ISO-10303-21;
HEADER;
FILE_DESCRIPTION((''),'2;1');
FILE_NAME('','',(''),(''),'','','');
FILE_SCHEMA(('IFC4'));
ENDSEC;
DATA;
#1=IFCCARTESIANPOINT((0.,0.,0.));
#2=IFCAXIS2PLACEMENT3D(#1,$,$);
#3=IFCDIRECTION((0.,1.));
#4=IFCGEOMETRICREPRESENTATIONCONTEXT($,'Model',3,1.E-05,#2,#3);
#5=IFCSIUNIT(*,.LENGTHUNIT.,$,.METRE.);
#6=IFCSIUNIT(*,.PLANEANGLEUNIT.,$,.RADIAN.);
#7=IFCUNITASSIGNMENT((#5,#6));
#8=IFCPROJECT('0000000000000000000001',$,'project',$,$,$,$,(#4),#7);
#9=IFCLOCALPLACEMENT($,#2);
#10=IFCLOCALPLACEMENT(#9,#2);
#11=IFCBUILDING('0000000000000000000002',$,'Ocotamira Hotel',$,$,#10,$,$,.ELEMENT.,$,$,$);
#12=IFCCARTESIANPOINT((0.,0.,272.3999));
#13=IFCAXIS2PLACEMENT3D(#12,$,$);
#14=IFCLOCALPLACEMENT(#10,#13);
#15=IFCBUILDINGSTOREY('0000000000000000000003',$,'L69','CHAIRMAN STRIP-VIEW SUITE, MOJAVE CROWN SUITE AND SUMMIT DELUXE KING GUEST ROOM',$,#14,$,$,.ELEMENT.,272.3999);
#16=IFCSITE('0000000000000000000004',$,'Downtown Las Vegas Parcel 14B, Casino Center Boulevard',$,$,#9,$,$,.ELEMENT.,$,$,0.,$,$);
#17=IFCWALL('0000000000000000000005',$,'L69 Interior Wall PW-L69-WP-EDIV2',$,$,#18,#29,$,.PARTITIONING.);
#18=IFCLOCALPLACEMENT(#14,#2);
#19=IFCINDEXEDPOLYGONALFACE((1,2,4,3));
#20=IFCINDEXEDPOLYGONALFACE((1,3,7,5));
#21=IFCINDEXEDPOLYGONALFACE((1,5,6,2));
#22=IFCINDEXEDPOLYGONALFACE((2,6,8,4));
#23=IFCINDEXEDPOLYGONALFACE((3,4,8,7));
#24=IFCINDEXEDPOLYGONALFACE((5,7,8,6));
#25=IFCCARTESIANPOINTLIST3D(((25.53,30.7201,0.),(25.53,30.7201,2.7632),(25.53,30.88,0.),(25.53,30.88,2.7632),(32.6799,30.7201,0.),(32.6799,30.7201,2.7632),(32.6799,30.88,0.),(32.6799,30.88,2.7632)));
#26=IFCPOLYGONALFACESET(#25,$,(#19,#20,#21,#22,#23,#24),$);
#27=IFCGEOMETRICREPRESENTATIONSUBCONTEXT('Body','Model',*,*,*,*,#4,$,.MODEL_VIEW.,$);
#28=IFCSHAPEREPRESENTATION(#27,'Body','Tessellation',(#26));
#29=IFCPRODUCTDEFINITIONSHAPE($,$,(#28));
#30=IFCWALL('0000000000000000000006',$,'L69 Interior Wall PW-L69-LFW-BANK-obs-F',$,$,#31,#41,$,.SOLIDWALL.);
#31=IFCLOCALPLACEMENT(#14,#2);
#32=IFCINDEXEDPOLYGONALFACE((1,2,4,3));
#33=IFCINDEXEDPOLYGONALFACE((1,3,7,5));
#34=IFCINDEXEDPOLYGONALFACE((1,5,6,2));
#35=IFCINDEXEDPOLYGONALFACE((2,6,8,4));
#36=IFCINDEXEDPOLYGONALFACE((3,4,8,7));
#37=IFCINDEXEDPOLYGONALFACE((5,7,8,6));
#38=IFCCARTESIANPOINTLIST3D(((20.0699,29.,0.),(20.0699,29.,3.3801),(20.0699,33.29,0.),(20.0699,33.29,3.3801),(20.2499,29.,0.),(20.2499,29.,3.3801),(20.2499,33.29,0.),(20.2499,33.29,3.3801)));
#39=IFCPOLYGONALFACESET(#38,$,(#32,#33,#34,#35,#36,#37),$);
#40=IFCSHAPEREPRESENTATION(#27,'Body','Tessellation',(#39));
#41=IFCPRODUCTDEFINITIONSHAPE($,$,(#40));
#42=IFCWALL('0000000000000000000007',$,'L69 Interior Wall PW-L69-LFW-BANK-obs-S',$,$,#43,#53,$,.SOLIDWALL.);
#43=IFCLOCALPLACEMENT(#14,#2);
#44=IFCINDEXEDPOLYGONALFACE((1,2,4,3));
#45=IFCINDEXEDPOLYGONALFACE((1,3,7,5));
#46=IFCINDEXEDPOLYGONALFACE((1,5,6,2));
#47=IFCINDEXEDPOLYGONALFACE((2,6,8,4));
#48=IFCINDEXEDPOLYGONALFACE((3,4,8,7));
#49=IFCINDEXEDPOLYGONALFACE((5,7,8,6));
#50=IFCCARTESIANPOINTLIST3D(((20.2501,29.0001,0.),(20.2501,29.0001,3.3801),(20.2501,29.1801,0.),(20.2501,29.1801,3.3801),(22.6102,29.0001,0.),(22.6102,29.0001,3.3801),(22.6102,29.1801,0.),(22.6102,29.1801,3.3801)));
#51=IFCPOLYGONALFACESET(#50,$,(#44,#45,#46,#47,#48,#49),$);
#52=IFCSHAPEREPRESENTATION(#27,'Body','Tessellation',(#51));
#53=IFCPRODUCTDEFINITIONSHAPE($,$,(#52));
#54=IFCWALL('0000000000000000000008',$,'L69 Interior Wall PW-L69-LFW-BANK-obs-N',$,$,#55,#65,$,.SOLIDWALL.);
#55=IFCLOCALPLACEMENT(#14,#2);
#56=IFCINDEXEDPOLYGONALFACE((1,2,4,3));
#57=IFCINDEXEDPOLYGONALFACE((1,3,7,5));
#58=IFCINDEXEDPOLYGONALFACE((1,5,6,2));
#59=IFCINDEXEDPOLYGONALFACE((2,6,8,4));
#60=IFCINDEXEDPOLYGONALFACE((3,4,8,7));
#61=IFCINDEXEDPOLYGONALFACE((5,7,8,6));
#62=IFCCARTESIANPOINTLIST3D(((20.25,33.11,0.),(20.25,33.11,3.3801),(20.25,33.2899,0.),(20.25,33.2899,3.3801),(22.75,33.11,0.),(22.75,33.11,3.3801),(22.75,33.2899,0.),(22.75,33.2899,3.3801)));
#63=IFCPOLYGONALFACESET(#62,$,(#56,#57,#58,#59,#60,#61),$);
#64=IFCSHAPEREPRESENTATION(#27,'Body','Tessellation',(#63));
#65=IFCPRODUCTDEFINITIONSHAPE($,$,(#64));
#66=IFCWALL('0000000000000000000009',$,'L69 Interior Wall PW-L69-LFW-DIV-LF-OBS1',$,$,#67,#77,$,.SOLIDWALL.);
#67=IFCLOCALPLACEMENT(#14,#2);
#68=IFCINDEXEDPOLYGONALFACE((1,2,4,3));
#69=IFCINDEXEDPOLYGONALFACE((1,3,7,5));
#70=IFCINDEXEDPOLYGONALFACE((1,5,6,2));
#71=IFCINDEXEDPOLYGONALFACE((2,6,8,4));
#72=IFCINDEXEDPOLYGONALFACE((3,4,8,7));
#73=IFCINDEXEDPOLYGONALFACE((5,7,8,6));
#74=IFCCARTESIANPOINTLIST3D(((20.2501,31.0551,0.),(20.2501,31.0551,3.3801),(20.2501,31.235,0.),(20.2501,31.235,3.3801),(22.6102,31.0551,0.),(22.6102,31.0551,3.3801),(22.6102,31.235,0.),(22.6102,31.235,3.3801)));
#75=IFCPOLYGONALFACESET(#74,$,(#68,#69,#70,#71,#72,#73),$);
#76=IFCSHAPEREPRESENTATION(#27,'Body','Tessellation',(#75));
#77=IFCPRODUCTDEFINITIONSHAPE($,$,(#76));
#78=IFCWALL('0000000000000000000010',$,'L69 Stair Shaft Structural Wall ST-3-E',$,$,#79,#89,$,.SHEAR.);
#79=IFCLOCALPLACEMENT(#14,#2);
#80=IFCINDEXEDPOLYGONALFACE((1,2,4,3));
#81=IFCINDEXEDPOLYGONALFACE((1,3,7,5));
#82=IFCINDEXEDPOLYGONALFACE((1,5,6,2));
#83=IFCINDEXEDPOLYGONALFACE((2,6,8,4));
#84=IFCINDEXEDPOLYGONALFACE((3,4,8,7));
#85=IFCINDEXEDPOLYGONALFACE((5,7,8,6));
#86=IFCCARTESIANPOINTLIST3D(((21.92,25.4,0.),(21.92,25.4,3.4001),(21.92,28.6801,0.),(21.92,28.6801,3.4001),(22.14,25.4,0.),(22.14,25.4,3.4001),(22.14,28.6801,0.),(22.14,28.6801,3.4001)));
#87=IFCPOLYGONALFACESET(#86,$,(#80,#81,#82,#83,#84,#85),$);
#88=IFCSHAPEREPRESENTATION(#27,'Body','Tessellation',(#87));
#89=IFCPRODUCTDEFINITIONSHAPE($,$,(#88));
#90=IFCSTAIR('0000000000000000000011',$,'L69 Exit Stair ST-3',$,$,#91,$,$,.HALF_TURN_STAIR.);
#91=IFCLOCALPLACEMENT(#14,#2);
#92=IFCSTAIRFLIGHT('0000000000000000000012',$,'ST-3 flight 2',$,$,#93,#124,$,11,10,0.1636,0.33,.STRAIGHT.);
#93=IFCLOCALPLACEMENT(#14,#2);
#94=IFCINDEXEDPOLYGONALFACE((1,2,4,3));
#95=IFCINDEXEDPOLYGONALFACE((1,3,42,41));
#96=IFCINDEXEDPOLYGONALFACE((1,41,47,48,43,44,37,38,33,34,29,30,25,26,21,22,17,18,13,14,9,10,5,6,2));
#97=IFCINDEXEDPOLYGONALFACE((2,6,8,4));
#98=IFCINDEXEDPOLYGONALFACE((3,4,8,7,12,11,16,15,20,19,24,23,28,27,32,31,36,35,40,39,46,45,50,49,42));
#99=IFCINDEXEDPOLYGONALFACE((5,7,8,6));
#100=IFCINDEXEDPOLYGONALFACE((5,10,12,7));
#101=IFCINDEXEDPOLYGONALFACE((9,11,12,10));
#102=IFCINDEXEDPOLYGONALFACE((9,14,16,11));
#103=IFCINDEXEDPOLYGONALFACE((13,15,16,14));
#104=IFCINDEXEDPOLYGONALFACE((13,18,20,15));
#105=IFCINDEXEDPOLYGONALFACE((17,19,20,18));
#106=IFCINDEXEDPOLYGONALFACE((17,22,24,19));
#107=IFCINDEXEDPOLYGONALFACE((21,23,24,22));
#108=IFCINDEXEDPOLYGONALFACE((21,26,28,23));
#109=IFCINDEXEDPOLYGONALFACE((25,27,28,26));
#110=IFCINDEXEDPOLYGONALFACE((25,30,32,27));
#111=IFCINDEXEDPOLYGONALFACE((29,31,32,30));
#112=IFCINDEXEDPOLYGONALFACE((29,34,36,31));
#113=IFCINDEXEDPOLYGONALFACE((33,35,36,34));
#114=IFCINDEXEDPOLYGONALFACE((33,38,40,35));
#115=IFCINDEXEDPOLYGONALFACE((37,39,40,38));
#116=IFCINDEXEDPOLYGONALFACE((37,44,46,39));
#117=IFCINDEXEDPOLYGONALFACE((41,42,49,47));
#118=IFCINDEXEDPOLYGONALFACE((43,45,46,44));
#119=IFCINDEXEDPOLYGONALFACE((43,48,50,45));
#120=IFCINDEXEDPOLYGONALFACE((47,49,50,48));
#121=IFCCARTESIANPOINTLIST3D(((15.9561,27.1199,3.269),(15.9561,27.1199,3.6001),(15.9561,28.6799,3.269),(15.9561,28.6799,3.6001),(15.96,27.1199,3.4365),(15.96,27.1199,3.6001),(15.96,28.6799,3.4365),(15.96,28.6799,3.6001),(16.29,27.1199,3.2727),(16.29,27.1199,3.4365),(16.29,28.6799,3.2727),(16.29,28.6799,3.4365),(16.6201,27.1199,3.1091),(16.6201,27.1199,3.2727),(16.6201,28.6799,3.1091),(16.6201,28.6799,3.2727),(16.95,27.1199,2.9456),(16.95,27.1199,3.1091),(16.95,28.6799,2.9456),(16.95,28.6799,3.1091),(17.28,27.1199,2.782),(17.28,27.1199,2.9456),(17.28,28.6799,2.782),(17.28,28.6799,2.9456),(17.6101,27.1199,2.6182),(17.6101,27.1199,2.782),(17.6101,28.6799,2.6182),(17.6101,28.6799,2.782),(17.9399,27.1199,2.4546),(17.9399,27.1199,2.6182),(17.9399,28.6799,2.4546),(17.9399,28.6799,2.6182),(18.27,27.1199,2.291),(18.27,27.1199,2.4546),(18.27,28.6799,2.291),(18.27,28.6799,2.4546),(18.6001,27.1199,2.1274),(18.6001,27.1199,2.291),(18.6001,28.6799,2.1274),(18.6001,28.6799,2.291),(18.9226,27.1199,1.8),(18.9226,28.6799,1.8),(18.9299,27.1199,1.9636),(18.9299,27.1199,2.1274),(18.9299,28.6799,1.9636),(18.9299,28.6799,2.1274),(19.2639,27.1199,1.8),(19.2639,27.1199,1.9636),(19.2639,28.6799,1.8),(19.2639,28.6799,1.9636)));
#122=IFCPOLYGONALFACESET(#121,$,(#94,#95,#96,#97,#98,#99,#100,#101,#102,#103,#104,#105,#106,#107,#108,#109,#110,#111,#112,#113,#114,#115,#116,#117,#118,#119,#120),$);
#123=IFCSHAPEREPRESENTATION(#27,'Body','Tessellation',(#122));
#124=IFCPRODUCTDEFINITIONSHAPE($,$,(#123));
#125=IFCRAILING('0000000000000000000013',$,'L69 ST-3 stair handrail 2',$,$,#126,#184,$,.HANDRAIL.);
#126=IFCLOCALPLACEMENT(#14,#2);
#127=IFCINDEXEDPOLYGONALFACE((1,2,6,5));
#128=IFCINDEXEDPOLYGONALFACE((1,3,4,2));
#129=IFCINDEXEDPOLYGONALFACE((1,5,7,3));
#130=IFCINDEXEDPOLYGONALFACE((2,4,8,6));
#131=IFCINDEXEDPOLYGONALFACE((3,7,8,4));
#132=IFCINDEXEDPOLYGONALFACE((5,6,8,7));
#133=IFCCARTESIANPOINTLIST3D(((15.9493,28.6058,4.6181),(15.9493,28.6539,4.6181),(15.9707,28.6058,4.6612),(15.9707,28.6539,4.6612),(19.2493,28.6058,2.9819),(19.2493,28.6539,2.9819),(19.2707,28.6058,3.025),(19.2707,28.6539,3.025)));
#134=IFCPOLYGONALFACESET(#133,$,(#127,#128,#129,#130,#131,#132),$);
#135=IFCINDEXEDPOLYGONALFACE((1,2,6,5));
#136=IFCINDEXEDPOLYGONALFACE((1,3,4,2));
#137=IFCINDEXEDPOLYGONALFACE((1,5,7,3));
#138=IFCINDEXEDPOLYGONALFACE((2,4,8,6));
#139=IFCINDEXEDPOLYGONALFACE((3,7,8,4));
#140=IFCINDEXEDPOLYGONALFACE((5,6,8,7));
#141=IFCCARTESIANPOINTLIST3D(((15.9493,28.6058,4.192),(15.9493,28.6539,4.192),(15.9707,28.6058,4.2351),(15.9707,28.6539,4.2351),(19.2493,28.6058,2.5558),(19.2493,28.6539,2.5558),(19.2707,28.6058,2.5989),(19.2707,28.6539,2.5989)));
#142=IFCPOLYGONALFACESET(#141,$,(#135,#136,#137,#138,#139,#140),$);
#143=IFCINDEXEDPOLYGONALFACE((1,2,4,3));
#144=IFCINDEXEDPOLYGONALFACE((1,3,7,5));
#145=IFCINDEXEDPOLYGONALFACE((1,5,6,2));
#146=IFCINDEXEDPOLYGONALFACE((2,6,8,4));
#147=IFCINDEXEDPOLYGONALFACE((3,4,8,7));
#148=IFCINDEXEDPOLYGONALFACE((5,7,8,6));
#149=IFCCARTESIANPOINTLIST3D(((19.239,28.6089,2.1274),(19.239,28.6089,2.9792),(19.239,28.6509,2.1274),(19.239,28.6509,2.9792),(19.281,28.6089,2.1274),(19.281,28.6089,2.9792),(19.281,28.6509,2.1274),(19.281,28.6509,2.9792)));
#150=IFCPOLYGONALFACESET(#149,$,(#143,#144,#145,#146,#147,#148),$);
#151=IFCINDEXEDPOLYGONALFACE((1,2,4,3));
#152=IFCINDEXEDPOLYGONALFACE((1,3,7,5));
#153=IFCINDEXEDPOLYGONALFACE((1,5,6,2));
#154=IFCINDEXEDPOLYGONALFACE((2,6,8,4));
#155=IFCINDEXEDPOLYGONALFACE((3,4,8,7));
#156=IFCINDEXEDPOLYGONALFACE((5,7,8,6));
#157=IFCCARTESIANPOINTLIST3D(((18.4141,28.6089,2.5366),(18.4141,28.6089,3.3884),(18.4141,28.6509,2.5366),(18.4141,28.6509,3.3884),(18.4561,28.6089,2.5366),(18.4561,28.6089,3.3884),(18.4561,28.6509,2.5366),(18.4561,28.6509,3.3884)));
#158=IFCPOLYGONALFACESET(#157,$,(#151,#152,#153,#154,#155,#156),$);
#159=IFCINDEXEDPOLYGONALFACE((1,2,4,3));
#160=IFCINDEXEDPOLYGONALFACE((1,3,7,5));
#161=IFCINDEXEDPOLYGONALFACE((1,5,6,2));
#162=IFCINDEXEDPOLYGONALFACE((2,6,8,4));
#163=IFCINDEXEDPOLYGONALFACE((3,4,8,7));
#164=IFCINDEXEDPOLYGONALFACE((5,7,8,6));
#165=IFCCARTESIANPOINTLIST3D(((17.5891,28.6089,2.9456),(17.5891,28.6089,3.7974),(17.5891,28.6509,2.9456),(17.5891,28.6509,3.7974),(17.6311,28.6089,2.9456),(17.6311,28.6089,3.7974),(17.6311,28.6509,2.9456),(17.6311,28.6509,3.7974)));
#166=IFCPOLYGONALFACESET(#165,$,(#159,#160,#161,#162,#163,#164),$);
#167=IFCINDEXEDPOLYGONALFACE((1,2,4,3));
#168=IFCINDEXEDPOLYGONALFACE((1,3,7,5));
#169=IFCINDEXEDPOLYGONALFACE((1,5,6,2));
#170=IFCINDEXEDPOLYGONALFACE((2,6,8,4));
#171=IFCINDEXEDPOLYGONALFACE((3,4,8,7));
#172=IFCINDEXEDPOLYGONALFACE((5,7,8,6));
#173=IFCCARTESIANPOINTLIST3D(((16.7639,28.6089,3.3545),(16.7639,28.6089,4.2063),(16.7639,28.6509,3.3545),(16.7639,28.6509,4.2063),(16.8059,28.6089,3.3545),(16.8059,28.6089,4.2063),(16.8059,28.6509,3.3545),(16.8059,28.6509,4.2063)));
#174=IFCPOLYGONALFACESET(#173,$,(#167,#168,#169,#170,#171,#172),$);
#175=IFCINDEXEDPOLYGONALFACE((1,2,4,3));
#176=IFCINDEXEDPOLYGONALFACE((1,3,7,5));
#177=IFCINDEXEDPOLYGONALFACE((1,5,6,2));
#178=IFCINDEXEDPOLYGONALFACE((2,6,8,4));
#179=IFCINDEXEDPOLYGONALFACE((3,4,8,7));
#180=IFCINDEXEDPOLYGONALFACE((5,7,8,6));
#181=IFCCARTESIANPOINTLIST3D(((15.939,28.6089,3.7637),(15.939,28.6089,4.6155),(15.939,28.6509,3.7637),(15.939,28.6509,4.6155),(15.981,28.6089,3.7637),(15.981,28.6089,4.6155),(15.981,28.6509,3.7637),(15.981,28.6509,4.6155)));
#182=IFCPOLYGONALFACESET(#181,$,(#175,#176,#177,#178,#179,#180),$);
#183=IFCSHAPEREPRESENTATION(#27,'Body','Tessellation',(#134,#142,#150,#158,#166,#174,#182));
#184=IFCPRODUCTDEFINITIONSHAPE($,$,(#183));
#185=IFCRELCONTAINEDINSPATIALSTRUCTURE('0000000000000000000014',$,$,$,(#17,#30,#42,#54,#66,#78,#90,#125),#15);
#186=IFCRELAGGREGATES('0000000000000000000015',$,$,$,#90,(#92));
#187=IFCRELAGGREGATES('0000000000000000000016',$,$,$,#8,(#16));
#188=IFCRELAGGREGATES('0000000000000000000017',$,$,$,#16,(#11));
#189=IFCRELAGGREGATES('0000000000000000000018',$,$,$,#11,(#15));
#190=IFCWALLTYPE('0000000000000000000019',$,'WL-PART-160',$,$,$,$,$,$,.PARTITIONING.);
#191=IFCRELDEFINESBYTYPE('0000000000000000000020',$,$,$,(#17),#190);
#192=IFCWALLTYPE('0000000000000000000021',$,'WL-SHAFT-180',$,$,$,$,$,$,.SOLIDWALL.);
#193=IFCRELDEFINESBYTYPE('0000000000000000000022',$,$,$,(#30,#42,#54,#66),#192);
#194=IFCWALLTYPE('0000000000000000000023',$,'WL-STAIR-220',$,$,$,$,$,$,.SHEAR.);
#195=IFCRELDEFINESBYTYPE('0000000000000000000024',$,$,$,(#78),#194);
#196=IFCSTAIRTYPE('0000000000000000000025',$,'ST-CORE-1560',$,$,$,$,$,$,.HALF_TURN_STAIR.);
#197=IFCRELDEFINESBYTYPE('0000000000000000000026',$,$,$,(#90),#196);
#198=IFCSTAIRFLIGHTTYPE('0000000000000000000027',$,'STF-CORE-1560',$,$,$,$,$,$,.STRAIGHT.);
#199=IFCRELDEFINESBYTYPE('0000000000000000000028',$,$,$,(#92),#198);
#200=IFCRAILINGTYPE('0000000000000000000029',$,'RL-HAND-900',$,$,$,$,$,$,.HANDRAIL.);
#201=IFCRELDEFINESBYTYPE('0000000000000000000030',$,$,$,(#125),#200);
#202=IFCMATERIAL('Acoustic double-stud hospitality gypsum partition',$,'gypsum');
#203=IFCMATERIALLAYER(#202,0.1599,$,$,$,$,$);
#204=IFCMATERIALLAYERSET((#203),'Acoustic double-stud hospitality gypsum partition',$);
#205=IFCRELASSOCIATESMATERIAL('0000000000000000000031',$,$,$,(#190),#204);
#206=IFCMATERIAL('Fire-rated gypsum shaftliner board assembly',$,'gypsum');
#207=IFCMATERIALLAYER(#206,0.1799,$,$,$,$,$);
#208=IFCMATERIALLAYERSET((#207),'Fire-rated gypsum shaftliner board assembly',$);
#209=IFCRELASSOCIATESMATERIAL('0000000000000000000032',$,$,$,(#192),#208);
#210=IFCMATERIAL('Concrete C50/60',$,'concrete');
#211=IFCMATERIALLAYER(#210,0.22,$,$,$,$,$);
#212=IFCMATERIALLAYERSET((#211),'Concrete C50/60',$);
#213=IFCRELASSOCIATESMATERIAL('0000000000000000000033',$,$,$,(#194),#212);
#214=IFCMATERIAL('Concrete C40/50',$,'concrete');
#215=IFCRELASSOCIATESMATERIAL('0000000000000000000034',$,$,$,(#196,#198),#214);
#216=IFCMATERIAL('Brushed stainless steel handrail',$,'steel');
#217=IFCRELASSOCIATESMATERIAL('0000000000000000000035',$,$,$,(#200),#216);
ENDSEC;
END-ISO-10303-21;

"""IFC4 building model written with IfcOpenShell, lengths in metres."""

from ifc_helpers import new_model, si_unit, direction, frame, frame_2d, origin, origin_2d, place, context, subcontext, project, spatial, polyline, rectangle, outline, extrude, source, transform, mapped, material, layer, layer_set, type_object, element, aggregate, save


model = new_model("IFC4")

# Units and contexts
model_context = context("Model", 3, precision=1e-05, world=origin(), true_north=direction((0.0, 1.0)))
body_context = subcontext(model_context, "Body", "Model", "MODEL_VIEW")
ifc_project = project(units=[si_unit("LENGTHUNIT", "METRE"), si_unit("PLANEANGLEUNIT", "RADIAN")], contexts=[model_context])

# Site, building, storey
site_placement = place(None, origin())
site = spatial("IfcSite", under=ifc_project, at=site_placement, Name="Downtown Las Vegas Parcel 14B, Casino Center Boulevard", CompositionType="ELEMENT", RefElevation=0.0)
building_placement = place(site_placement, origin())
building = spatial("IfcBuilding", under=site, at=building_placement, Name="Ocotamira Hotel", CompositionType="ELEMENT")
storey_placement = place(building_placement, frame((0.0, 0.0, 272.3999)))
storey = spatial("IfcBuildingStorey", under=building, at=storey_placement, Name="L69", Description="CHAIRMAN STRIP-VIEW SUITE, MOJAVE CROWN SUITE AND SUMMIT DELUXE KING GUEST ROOM", CompositionType="ELEMENT", Elevation=272.3999)

# Walls
ifc_material_1 = material(Name="Acoustic double-stud hospitality gypsum partition", Category="gypsum")
ifc_layer_1 = layer(ifc_material_1, 0.1599)
ifc_layer_set_1 = layer_set([ifc_layer_1], Name="Acoustic double-stud hospitality gypsum partition")
wall_type_1 = type_object("IfcWallType", Name="WL-PART-160", PredefinedType="PARTITIONING", material=ifc_layer_set_1)
wall_1_placement = place(storey_placement, frame((25.53, 30.8, 0.0), z_axis=(0.0, 0.0, 1.0), x_axis=(1.0, 0.0, 0.0)))
element("IfcWall", 1, at=wall_1_placement, inside=storey, type_object=wall_type_1, Name="L69 Interior Wall PW-L69-WP-EDIV2", PredefinedType="PARTITIONING", context=body_context, shape_type="SweptSolid", body=[
    extrude(rectangle(XDim=7.1499, YDim=0.1599, at=frame_2d((3.575, 0.0))), origin(), (0.0, 0.0, 1.0), 2.7632),
])
ifc_material_2 = material(Name="Fire-rated gypsum shaftliner board assembly", Category="gypsum")
ifc_layer_2 = layer(ifc_material_2, 0.1799)
ifc_layer_set_2 = layer_set([ifc_layer_2], Name="Fire-rated gypsum shaftliner board assembly")
wall_type_2 = type_object("IfcWallType", Name="WL-SHAFT-180", PredefinedType="SOLIDWALL", material=ifc_layer_set_2)
wall_2_placement = place(storey_placement, frame((20.1599, 29.0, 0.0), z_axis=(0.0, 0.0, 1.0), x_axis=(0.0, 1.0, 0.0)))
element("IfcWall", 2, at=wall_2_placement, inside=storey, type_object=wall_type_2, Name="L69 Interior Wall PW-L69-LFW-BANK-obs-F", PredefinedType="SOLIDWALL", context=body_context, shape_type="SweptSolid", body=[
    extrude(rectangle(XDim=4.29, YDim=0.1799, at=frame_2d((2.145, 0.0))), origin(), (0.0, 0.0, 1.0), 3.3801),
])
wall_3_placement = place(storey_placement, frame((20.25, 29.0901, 0.0), z_axis=(0.0, 0.0, 1.0), x_axis=(1.0, 0.0, 0.0)))
element("IfcWall", 3, at=wall_3_placement, inside=storey, type_object=wall_type_2, Name="L69 Interior Wall PW-L69-LFW-BANK-obs-S", PredefinedType="SOLIDWALL", context=body_context, shape_type="SweptSolid", body=[
    extrude(rectangle(XDim=2.3601, YDim=0.1799, at=frame_2d((1.1802, 0.0))), origin(), (0.0, 0.0, 1.0), 3.3801),
])
wall_4_placement = place(storey_placement, frame((20.25, 33.2, 0.0), z_axis=(0.0, 0.0, 1.0), x_axis=(1.0, 0.0, 0.0)))
element("IfcWall", 4, at=wall_4_placement, inside=storey, type_object=wall_type_2, Name="L69 Interior Wall PW-L69-LFW-BANK-obs-N", PredefinedType="SOLIDWALL", context=body_context, shape_type="SweptSolid", body=[
    extrude(rectangle(XDim=2.5, YDim=0.1799, at=frame_2d((1.25, 0.0))), origin(), (0.0, 0.0, 1.0), 3.3801),
])
wall_5_placement = place(storey_placement, frame((20.25, 31.145, 0.0), z_axis=(0.0, 0.0, 1.0), x_axis=(1.0, 0.0, 0.0)))
element("IfcWall", 5, at=wall_5_placement, inside=storey, type_object=wall_type_2, Name="L69 Interior Wall PW-L69-LFW-DIV-LF-OBS1", PredefinedType="SOLIDWALL", context=body_context, shape_type="SweptSolid", body=[
    extrude(rectangle(XDim=2.3601, YDim=0.1799, at=frame_2d((1.1802, 0.0))), origin(), (0.0, 0.0, 1.0), 3.3801),
])
ifc_material_3 = material(Name="Concrete C50/60", Category="concrete")
ifc_layer_3 = layer(ifc_material_3, 0.22)
ifc_layer_set_3 = layer_set([ifc_layer_3], Name="Concrete C50/60")
wall_type_3 = type_object("IfcWallType", Name="WL-STAIR-220", PredefinedType="SHEAR", material=ifc_layer_set_3)
wall_6_placement = place(storey_placement, frame((22.03, 25.3999, 0.0), z_axis=(0.0, 0.0, 1.0), x_axis=(0.0, 1.0, 0.0)))
element("IfcWall", 6, at=wall_6_placement, inside=storey, type_object=wall_type_3, Name="L69 Stair Shaft Structural Wall ST-3-E", PredefinedType="SHEAR", context=body_context, shape_type="SweptSolid", body=[
    extrude(rectangle(XDim=3.28, YDim=0.22, at=frame_2d((1.6401, 0.0))), origin(), (0.0, 0.0, 1.0), 3.4001),
])

# Stair, stair flight
ifc_material_4 = material(Name="Concrete C40/50", Category="concrete")
stair_type = type_object("IfcStairType", Name="ST-CORE-1560", PredefinedType="HALF_TURN_STAIR", material=ifc_material_4)
stair_placement = place(storey_placement, origin())
stair = element("IfcStair", 7, at=stair_placement, inside=storey, type_object=stair_type, Name="L69 Exit Stair ST-3", PredefinedType="HALF_TURN_STAIR")
stair_flight_type = type_object("IfcStairFlightType", Name="STF-CORE-1560", PredefinedType="STRAIGHT", material=ifc_material_4)
shared_shape_1 = source(origin(), body_context, "Body", "SweptSolid", [
    extrude(outline(polyline([(-0.0039, 0.0), (-0.0039, 0.1636), (0.3301, 0.1636), (0.3301, 0.3274), (0.6599, 0.3274), (0.6599, 0.491), (0.99, 0.491), (0.99, 0.6545), (1.3201, 0.6545), (1.3201, 0.8181), (1.6499, 0.8181), (1.6499, 0.9819), (1.98, 0.9819), (1.98, 1.1455), (2.3101, 1.1455), (2.3101, 1.3091), (2.6399, 1.3091), (2.6399, 1.4727), (2.97, 1.4727), (2.97, 1.6365), (3.3, 1.6365), (3.3, 1.8), (3.304, 1.8), (3.304, 1.469), (0.3374, 0.0), (-0.0039, 0.0)])), frame((0.0, 0.78, 0.0), z_axis=(0.0, -1.0, 0.0), x_axis=(1.0, 0.0, 0.0)), (0.0, 0.0, 1.0), 1.5601),
])
stair_flight_placement = place(storey_placement, frame((19.26, 27.8999, 1.8), z_axis=(0.0, 0.0, 1.0), x_axis=(-1.0, 0.0, 0.0)))
stair_flight = element("IfcStairFlight", 8, at=stair_flight_placement, type_object=stair_flight_type, Name="ST-3 flight 2", NumberOfRisers=11, NumberOfTreads=10, PredefinedType="STRAIGHT", RiserHeight=0.1636, TreadLength=0.33, context=body_context, shape_type="MappedRepresentation", body=[
    mapped(shared_shape_1, transform((0.0, 0.0, 0.0), scale=1.0)),
])
aggregate(stair, [stair_flight])

# Railing
ifc_material_5 = material(Name="Brushed stainless steel handrail", Category="steel")
railing_type_1 = type_object("IfcRailingType", Name="RL-HAND-900", PredefinedType="HANDRAIL", material=ifc_material_5)
railing_1_placement = place(storey_placement, frame((19.26, 28.6299, 2.1274)))
element("IfcRailing", 9, at=railing_1_placement, inside=storey, type_object=railing_type_1, Name="L69 ST-3 stair handrail 2", PredefinedType="HANDRAIL", context=body_context, shape_type="SweptSolid", body=[
    extrude(rectangle(XDim=0.0481, YDim=0.0481, at=origin_2d()), frame((0.0, 0.0, 0.876), z_axis=(-0.89592, 0.0, 0.444215), x_axis=(0.0, -1.0, 0.0)), (0.0, 0.0, 1.0), 3.6833),
    extrude(rectangle(XDim=0.0481, YDim=0.0481, at=origin_2d()), frame((0.0, 0.0, 0.45), z_axis=(-0.89592, 0.0, 0.444215), x_axis=(0.0, -1.0, 0.0)), (0.0, 0.0, 1.0), 3.6833),
    extrude(rectangle(XDim=0.042, YDim=0.042, at=origin_2d()), origin(), (0.0, 0.0, 1.0), 0.8518),
    extrude(rectangle(XDim=0.042, YDim=0.042, at=origin_2d()), frame((-0.825, 0.0, 0.4092)), (0.0, 0.0, 1.0), 0.8518),
    extrude(rectangle(XDim=0.042, YDim=0.042, at=origin_2d()), frame((-1.6499, 0.0, 0.8181)), (0.0, 0.0, 1.0), 0.8518),
    extrude(rectangle(XDim=0.042, YDim=0.042, at=origin_2d()), frame((-2.4751, 0.0, 1.2271)), (0.0, 0.0, 1.0), 0.8518),
    extrude(rectangle(XDim=0.042, YDim=0.042, at=origin_2d()), frame((-3.3, 0.0, 1.6362)), (0.0, 0.0, 1.0), 0.8518),
])

save(model, "model.ifc")
